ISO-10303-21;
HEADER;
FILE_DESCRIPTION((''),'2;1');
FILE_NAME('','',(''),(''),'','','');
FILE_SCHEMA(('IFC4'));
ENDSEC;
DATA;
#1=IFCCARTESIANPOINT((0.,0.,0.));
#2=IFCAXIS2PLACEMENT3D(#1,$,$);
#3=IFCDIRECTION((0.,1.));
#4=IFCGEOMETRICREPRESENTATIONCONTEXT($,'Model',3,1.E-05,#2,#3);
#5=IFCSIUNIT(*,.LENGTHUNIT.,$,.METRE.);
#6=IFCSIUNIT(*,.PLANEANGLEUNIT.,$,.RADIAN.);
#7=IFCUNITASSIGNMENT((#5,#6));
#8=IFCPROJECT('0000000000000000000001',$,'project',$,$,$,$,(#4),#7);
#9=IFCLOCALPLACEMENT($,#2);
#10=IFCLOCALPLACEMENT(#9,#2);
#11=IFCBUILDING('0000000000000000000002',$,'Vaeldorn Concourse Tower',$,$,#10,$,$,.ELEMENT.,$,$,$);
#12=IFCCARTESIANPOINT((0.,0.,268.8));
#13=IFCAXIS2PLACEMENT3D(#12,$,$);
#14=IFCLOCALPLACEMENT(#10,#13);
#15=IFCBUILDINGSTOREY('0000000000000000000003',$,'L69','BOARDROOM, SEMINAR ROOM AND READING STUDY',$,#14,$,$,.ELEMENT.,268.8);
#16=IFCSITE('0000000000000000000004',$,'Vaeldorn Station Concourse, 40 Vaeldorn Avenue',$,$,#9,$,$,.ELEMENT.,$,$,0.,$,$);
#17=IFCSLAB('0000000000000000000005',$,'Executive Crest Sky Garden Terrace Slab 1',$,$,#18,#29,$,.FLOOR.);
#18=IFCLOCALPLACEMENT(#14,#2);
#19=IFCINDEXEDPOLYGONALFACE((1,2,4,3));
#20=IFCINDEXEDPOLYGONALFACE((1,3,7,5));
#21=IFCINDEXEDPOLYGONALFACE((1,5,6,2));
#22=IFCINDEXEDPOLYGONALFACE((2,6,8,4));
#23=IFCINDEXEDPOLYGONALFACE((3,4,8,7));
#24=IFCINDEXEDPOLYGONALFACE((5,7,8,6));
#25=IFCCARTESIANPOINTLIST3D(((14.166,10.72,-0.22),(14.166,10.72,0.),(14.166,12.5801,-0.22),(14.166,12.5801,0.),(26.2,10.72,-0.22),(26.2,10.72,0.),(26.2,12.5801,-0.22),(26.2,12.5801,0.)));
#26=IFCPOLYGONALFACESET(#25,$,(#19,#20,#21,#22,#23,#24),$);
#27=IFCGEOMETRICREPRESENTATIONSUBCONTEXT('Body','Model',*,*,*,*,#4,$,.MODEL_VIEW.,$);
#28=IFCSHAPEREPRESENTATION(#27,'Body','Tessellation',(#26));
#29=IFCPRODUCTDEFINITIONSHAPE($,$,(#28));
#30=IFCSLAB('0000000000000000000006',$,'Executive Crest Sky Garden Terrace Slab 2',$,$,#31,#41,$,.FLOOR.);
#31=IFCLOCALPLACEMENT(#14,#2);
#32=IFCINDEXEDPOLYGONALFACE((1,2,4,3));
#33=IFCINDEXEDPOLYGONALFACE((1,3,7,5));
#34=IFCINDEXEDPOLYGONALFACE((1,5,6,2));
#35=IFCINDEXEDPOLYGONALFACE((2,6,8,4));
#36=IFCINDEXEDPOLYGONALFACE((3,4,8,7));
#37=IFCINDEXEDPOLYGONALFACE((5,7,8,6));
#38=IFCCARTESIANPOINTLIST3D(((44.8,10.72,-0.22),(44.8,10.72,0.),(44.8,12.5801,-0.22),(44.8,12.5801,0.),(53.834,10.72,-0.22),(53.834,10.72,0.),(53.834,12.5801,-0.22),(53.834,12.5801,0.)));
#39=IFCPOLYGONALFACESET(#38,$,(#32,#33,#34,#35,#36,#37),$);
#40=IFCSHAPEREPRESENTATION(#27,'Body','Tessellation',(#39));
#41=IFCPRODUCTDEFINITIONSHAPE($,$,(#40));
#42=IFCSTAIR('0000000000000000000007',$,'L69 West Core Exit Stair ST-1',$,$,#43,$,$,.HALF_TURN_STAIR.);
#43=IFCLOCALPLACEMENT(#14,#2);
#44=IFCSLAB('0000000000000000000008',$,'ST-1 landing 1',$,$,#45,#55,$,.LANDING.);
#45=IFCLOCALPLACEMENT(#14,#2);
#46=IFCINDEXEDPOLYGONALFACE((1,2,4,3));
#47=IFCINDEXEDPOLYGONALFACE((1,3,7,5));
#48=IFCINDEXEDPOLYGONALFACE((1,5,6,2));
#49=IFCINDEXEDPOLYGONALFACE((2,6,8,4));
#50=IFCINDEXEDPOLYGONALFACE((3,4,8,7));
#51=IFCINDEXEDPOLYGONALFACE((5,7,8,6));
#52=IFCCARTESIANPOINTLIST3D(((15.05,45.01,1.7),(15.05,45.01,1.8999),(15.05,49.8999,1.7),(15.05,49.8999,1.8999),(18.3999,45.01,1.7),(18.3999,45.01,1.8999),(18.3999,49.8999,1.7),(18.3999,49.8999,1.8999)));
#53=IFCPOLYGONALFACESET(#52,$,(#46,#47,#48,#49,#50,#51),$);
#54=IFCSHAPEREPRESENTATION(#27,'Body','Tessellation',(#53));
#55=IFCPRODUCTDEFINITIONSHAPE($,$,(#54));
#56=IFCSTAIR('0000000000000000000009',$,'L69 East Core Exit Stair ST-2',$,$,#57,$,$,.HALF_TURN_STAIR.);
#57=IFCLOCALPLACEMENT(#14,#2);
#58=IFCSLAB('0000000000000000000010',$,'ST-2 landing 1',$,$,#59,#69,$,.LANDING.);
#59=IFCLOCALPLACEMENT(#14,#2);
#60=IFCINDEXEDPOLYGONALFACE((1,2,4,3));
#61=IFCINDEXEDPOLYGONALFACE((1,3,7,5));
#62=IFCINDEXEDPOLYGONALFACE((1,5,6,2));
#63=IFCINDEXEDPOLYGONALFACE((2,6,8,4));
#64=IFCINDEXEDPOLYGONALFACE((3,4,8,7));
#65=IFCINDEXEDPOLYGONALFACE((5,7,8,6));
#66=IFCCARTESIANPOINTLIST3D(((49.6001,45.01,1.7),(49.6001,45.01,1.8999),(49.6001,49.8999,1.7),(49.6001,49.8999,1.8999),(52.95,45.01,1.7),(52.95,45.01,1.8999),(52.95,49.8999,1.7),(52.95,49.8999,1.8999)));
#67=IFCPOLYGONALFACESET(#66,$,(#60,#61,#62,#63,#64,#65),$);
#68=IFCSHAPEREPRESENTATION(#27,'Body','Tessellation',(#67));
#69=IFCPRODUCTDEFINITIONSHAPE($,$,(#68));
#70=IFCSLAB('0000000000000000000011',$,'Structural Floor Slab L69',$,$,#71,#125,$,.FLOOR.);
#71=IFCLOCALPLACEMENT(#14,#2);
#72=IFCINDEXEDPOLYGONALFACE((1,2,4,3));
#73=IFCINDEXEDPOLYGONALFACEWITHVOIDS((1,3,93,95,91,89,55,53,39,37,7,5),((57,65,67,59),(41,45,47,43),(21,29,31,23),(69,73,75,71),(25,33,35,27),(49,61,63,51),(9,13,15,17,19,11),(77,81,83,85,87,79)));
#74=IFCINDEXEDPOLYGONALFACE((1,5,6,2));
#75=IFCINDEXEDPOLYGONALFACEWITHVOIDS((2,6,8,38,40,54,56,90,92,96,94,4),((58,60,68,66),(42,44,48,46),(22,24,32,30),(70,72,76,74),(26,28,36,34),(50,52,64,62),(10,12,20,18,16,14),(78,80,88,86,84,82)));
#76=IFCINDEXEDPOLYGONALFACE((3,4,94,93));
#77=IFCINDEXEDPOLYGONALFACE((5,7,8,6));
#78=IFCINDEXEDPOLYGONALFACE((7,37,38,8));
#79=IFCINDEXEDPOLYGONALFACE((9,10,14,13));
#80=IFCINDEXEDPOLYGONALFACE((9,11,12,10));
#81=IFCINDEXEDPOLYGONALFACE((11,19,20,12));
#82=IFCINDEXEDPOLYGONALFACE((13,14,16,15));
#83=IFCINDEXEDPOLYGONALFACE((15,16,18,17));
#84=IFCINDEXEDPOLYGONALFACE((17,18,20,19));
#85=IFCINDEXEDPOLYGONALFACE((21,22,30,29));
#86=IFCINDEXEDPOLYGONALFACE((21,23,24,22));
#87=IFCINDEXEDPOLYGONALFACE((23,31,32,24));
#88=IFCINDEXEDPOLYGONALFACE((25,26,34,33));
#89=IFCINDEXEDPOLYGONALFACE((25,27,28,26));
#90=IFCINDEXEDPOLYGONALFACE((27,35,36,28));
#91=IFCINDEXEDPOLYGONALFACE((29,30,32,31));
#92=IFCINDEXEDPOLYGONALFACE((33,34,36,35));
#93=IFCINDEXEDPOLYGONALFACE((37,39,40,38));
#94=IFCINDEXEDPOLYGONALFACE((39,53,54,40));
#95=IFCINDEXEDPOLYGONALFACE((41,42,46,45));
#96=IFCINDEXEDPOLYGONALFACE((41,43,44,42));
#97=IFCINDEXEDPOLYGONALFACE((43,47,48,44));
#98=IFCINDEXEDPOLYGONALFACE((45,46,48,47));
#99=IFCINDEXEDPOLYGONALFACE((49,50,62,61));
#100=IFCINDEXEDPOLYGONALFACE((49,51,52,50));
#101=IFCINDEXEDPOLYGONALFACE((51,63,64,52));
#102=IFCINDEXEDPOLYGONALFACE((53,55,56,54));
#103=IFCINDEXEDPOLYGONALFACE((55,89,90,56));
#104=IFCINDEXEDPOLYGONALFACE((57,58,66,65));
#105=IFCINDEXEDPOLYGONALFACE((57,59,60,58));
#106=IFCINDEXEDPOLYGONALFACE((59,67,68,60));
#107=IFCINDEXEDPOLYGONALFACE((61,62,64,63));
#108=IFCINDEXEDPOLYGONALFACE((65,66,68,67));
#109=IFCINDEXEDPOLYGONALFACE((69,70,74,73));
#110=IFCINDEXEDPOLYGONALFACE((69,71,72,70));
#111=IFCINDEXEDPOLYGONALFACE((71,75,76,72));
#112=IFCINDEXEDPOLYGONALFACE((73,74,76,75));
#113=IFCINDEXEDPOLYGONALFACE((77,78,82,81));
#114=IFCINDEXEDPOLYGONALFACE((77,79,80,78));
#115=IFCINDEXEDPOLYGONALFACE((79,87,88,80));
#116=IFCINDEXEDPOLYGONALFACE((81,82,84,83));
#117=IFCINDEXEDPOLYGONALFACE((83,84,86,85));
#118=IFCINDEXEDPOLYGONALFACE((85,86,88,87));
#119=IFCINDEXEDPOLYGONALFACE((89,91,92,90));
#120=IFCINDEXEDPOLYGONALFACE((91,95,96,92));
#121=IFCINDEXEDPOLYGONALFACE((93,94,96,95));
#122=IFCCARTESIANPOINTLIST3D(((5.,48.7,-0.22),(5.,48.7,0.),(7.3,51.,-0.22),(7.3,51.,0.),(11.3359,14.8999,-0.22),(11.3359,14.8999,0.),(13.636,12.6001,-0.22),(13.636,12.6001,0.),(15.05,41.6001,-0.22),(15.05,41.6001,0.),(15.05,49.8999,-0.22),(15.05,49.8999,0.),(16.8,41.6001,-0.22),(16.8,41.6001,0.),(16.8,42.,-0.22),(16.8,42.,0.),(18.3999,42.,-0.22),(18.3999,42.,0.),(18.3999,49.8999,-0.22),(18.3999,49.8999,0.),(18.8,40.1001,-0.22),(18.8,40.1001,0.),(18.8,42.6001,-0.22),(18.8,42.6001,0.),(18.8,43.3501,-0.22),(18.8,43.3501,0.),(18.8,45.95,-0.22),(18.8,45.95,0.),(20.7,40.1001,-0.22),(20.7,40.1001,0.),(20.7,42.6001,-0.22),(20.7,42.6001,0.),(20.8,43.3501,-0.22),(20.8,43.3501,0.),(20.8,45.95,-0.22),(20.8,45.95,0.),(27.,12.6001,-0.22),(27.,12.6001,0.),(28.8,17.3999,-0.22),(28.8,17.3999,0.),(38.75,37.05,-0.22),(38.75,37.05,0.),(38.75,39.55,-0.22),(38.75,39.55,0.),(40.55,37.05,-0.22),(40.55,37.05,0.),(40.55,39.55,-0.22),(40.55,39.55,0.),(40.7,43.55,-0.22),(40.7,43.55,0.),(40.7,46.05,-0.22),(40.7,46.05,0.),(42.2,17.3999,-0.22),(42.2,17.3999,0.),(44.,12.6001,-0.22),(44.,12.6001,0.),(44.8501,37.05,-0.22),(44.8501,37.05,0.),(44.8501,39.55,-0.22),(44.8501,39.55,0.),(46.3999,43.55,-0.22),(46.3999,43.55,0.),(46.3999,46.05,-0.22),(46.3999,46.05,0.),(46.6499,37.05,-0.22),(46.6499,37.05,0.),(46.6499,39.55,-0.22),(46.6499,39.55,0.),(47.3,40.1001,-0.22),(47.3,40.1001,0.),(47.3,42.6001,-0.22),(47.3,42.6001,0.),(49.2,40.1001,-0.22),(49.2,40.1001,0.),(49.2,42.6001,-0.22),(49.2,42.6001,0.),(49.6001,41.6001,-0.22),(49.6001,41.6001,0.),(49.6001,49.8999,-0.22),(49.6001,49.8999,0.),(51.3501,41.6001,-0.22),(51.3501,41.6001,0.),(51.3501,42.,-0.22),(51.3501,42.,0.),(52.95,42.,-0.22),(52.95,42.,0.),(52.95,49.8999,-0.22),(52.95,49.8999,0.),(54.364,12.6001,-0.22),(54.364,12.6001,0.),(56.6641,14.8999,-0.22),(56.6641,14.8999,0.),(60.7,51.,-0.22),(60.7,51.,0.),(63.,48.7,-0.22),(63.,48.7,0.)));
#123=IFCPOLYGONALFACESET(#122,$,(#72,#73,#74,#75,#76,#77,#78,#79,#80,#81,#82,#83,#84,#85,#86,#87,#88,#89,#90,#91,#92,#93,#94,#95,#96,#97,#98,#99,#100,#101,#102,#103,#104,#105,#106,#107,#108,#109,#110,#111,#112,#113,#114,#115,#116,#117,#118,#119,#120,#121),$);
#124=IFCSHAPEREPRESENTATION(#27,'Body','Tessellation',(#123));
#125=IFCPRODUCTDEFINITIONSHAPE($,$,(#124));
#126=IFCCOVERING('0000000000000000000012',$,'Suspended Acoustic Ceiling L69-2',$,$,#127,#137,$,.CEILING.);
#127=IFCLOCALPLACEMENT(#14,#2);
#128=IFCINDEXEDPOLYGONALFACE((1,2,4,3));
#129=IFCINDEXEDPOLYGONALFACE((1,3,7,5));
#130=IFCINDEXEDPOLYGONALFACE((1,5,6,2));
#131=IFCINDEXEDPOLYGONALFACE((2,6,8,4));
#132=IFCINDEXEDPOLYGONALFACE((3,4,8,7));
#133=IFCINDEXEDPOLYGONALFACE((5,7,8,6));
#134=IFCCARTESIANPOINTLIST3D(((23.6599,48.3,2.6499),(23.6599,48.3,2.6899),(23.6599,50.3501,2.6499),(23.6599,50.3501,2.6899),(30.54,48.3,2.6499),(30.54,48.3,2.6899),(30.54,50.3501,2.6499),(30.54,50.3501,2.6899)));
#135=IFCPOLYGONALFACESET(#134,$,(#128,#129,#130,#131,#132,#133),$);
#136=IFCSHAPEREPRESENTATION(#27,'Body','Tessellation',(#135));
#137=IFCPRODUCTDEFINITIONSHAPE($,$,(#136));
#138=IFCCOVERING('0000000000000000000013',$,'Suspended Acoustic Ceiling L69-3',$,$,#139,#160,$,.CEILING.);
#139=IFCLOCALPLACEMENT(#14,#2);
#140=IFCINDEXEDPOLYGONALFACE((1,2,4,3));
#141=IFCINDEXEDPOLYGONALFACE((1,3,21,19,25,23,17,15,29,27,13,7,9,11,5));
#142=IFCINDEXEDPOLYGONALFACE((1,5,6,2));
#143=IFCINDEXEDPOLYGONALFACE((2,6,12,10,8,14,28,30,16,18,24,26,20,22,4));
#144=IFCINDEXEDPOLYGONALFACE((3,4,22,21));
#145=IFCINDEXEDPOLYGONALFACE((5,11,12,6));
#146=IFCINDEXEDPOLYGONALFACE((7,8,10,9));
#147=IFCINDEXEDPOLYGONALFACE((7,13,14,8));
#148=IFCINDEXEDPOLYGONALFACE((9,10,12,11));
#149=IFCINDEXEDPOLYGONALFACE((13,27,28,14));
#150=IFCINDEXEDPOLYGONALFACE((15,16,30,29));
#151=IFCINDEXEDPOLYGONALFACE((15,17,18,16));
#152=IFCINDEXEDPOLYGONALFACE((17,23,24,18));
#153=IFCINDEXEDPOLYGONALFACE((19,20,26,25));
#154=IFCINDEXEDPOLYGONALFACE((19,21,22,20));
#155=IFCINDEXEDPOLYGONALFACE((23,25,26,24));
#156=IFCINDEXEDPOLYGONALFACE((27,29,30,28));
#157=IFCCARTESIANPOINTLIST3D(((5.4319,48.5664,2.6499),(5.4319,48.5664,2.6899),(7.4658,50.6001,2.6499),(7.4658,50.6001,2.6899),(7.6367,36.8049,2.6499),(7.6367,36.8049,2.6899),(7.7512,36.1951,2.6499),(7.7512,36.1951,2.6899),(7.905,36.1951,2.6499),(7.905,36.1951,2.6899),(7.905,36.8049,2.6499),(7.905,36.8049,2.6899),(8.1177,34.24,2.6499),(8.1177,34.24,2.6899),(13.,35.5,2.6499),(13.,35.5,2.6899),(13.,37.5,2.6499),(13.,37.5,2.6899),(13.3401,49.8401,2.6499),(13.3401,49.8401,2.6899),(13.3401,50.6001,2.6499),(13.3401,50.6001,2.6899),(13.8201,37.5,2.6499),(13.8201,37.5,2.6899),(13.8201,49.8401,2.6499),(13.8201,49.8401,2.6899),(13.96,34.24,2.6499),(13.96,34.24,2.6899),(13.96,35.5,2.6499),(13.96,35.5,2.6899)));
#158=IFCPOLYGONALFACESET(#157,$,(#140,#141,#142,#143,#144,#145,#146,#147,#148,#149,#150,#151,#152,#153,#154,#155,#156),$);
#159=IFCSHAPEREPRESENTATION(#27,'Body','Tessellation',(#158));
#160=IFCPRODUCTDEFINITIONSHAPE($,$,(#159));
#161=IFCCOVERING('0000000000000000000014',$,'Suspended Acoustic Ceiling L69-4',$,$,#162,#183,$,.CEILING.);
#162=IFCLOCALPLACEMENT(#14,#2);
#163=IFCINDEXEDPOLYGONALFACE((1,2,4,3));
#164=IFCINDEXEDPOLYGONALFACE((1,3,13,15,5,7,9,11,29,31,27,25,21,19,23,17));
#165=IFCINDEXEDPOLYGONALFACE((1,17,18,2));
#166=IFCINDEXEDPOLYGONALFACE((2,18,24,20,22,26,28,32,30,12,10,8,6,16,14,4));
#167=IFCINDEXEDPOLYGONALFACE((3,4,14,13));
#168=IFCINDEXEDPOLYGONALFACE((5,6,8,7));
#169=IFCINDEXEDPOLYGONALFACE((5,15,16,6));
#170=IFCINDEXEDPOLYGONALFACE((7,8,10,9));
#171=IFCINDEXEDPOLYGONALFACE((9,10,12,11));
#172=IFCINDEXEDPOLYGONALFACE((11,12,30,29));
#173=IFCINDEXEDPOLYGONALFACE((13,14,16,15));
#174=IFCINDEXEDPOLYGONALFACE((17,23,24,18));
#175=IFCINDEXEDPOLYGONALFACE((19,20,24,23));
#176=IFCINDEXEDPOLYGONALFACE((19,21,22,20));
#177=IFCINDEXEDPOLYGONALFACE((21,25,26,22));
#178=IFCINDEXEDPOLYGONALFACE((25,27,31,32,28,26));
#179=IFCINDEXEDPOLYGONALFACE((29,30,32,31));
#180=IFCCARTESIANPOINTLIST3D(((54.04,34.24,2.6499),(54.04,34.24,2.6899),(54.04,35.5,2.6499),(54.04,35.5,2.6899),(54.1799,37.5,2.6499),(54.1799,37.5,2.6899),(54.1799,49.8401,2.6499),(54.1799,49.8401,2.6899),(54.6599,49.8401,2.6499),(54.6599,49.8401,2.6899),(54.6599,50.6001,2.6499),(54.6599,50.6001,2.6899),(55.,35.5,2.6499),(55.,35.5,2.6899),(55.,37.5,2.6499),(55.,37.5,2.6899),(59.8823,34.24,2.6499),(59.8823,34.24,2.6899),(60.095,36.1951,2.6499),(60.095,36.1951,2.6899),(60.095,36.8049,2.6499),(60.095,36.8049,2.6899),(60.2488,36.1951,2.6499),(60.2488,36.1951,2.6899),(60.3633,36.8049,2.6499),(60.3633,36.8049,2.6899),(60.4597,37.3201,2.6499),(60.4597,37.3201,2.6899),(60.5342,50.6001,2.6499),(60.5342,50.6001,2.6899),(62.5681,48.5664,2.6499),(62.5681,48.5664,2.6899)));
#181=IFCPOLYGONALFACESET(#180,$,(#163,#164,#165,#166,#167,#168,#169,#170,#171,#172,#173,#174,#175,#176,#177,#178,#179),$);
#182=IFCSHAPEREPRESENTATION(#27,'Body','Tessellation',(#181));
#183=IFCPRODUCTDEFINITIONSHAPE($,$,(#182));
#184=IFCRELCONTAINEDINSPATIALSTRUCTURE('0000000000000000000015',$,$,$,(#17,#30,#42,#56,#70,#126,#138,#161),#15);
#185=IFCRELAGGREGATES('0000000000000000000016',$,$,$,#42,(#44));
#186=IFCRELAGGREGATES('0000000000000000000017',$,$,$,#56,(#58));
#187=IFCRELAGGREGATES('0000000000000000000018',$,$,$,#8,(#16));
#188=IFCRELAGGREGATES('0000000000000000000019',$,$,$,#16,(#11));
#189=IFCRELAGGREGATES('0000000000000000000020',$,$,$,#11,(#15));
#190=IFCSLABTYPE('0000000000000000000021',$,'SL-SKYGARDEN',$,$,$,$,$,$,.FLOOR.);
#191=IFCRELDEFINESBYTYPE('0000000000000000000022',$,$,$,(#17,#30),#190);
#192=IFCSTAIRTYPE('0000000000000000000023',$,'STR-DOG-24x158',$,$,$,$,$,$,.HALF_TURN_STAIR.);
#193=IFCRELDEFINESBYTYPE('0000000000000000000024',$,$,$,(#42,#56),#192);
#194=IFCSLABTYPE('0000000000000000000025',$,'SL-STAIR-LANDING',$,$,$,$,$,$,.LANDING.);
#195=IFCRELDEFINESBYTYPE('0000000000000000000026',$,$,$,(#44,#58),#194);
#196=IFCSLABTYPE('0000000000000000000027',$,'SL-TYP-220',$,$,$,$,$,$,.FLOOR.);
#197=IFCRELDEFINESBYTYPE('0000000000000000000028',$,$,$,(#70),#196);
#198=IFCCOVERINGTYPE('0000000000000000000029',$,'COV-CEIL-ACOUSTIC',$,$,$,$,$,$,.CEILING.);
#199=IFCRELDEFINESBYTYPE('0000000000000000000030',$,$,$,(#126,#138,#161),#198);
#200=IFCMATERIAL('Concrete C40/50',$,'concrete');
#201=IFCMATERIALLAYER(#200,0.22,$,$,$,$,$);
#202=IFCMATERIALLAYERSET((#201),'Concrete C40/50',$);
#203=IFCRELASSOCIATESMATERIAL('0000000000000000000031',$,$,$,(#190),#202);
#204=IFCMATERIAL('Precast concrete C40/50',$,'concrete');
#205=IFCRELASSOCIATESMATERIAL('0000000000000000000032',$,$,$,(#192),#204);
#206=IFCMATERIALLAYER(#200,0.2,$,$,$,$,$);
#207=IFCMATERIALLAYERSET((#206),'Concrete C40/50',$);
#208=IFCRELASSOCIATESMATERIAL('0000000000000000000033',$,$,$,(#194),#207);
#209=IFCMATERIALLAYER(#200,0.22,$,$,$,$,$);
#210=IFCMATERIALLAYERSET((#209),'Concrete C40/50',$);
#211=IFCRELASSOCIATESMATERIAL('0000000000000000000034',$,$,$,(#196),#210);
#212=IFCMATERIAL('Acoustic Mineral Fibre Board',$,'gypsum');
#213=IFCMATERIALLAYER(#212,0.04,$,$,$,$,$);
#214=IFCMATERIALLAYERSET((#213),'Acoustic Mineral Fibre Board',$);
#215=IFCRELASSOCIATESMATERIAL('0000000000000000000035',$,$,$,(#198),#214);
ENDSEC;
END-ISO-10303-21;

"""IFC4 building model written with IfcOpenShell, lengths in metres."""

from ifc_helpers import new_model, si_unit, direction, frame, origin, place, context, subcontext, project, spatial, polyline, outline, extrude, material, layer, layer_set, type_object, element, aggregate, save


model = new_model("IFC4")

# Units and contexts
model_context = context("Model", 3, precision=1e-05, world=origin(), true_north=direction((0.0, 1.0)))
body_context = subcontext(model_context, "Body", "Model", "MODEL_VIEW")
ifc_project = project(units=[si_unit("LENGTHUNIT", "METRE"), si_unit("PLANEANGLEUNIT", "RADIAN")], contexts=[model_context])

# Site, building, storey
site_placement = place(None, origin())
site = spatial("IfcSite", under=ifc_project, at=site_placement, Name="Vaeldorn Station Concourse, 40 Vaeldorn Avenue", CompositionType="ELEMENT", RefElevation=0.0)
building_placement = place(site_placement, origin())
building = spatial("IfcBuilding", under=site, at=building_placement, Name="Vaeldorn Concourse Tower", CompositionType="ELEMENT")
storey_placement = place(building_placement, frame((0.0, 0.0, 268.8)))
storey = spatial("IfcBuildingStorey", under=building, at=storey_placement, Name="L69", Description="BOARDROOM, SEMINAR ROOM AND READING STUDY", CompositionType="ELEMENT", Elevation=268.8)

# Slabs
ifc_material_1 = material(Name="Concrete C40/50", Category="concrete")
ifc_layer_1 = layer(ifc_material_1, 0.22)
ifc_layer_set_1 = layer_set([ifc_layer_1], Name="Concrete C40/50")
slab_type_1 = type_object("IfcSlabType", Name="SL-SKYGARDEN", PredefinedType="FLOOR", material=ifc_layer_set_1)
slab_1_placement = place(storey_placement, frame((0.0, 0.0, -0.22)))
element("IfcSlab", 1, at=slab_1_placement, inside=storey, type_object=slab_type_1, Name="Executive Crest Sky Garden Terrace Slab 1", PredefinedType="FLOOR", context=body_context, shape_type="SweptSolid", body=[
    extrude(outline(polyline([(14.166, 10.72), (26.2, 10.72), (26.2, 12.5801), (14.166, 12.5801), (14.166, 10.72)])), origin(), (0.0, 0.0, 1.0), 0.22),
])
slab_2_placement = place(storey_placement, frame((0.0, 0.0, -0.22)))
element("IfcSlab", 2, at=slab_2_placement, inside=storey, type_object=slab_type_1, Name="Executive Crest Sky Garden Terrace Slab 2", PredefinedType="FLOOR", context=body_context, shape_type="SweptSolid", body=[
    extrude(outline(polyline([(44.8, 10.72), (53.834, 10.72), (53.834, 12.5801), (44.8, 12.5801), (44.8, 10.72)])), origin(), (0.0, 0.0, 1.0), 0.22),
])

# Stairs, slabs
ifc_material_2 = material(Name="Precast concrete C40/50", Category="concrete")
stair_type = type_object("IfcStairType", Name="STR-DOG-24x158", PredefinedType="HALF_TURN_STAIR", material=ifc_material_2)
stair_1_placement = place(storey_placement, origin())
stair_1 = element("IfcStair", 3, at=stair_1_placement, inside=storey, type_object=stair_type, Name="L69 West Core Exit Stair ST-1", PredefinedType="HALF_TURN_STAIR")
ifc_layer_2 = layer(ifc_material_1, 0.2)
ifc_layer_set_2 = layer_set([ifc_layer_2], Name="Concrete C40/50")
slab_type_2 = type_object("IfcSlabType", Name="SL-STAIR-LANDING", PredefinedType="LANDING", material=ifc_layer_set_2)
slab_3_placement = place(storey_placement, frame((0.0, 0.0, 1.7)))
slab_3 = element("IfcSlab", 4, at=slab_3_placement, type_object=slab_type_2, Name="ST-1 landing 1", PredefinedType="LANDING", context=body_context, shape_type="SweptSolid", body=[
    extrude(outline(polyline([(18.3999, 45.01), (18.3999, 49.8999), (15.05, 49.8999), (15.05, 45.01), (18.3999, 45.01)])), origin(), (0.0, 0.0, 1.0), 0.2),
])
aggregate(stair_1, [slab_3])
stair_2_placement = place(storey_placement, origin())
stair_2 = element("IfcStair", 5, at=stair_2_placement, inside=storey, type_object=stair_type, Name="L69 East Core Exit Stair ST-2", PredefinedType="HALF_TURN_STAIR")
slab_4_placement = place(storey_placement, frame((0.0, 0.0, 1.7)))
slab_4 = element("IfcSlab", 6, at=slab_4_placement, type_object=slab_type_2, Name="ST-2 landing 1", PredefinedType="LANDING", context=body_context, shape_type="SweptSolid", body=[
    extrude(outline(polyline([(52.95, 45.01), (52.95, 49.8999), (49.6001, 49.8999), (49.6001, 45.01), (52.95, 45.01)])), origin(), (0.0, 0.0, 1.0), 0.2),
])
aggregate(stair_2, [slab_4])

# Slab
ifc_layer_3 = layer(ifc_material_1, 0.22)
ifc_layer_set_3 = layer_set([ifc_layer_3], Name="Concrete C40/50")
slab_type_3 = type_object("IfcSlabType", Name="SL-TYP-220", PredefinedType="FLOOR", material=ifc_layer_set_3)
slab_5_placement = place(storey_placement, frame((0.0, 0.0, -0.22)))
element("IfcSlab", 7, at=slab_5_placement, inside=storey, type_object=slab_type_3, Name="Structural Floor Slab L69", PredefinedType="FLOOR", context=body_context, shape_type="SweptSolid", body=[
    extrude(outline(polyline([(13.636, 12.6001), (27.0, 12.6001), (28.8, 17.3999), (42.2, 17.3999), (44.0, 12.6001), (54.364, 12.6001), (56.6641, 14.8999), (63.0, 48.7), (60.7, 51.0), (7.3, 51.0), (5.0, 48.7), (11.3359, 14.8999), (13.636, 12.6001)]), holes=[polyline([(18.3999, 42.0), (18.3999, 49.8999), (15.05, 49.8999), (15.05, 41.6001), (16.8, 41.6001), (16.8, 42.0), (18.3999, 42.0)]), polyline([(52.95, 42.0), (52.95, 49.8999), (49.6001, 49.8999), (49.6001, 41.6001), (51.3501, 41.6001), (51.3501, 42.0), (52.95, 42.0)]), polyline([(38.75, 37.05), (40.55, 37.05), (40.55, 39.55), (38.75, 39.55), (38.75, 37.05)]), polyline([(44.8501, 37.05), (46.6499, 37.05), (46.6499, 39.55), (44.8501, 39.55), (44.8501, 37.05)]), polyline([(40.7, 43.55), (46.3999, 43.55), (46.3999, 46.05), (40.7, 46.05), (40.7, 43.55)]), polyline([(18.8, 43.3501), (20.8, 43.3501), (20.8, 45.95), (18.8, 45.95), (18.8, 43.3501)]), polyline([(18.8, 40.1001), (20.7, 40.1001), (20.7, 42.6001), (18.8, 42.6001), (18.8, 40.1001)]), polyline([(47.3, 40.1001), (49.2, 40.1001), (49.2, 42.6001), (47.3, 42.6001), (47.3, 40.1001)])]), origin(), (0.0, 0.0, 1.0), 0.22),
])

# Coverings
ifc_material_3 = material(Name="Acoustic Mineral Fibre Board", Category="gypsum")
ifc_layer_4 = layer(ifc_material_3, 0.04)
ifc_layer_set_4 = layer_set([ifc_layer_4], Name="Acoustic Mineral Fibre Board")
covering_type_1 = type_object("IfcCoveringType", Name="COV-CEIL-ACOUSTIC", PredefinedType="CEILING", material=ifc_layer_set_4)
covering_1_placement = place(storey_placement, frame((0.0, 0.0, 2.6499)))
element("IfcCovering", 8, at=covering_1_placement, inside=storey, type_object=covering_type_1, Name="Suspended Acoustic Ceiling L69-2", PredefinedType="CEILING", context=body_context, shape_type="SweptSolid", body=[
    extrude(outline(polyline([(30.54, 50.3501), (30.54, 48.3), (23.6599, 48.3), (23.6599, 50.3501), (30.54, 50.3501)])), origin(), (0.0, 0.0, 1.0), 0.04),
])
covering_2_placement = place(storey_placement, frame((0.0, 0.0, 2.6499)))
element("IfcCovering", 9, at=covering_2_placement, inside=storey, type_object=covering_type_1, Name="Suspended Acoustic Ceiling L69-3", PredefinedType="CEILING", context=body_context, shape_type="SweptSolid", body=[
    extrude(outline(polyline([(7.4658, 50.6001), (13.3401, 50.6001), (13.3401, 49.8401), (13.8201, 49.8401), (13.8201, 37.5), (13.0, 37.5), (13.0, 35.5), (13.96, 35.5), (13.96, 34.24), (8.1177, 34.24), (7.7512, 36.1951), (7.905, 36.1951), (7.905, 36.8049), (7.6367, 36.8049), (5.4319, 48.5664), (7.4658, 50.6001)])), origin(), (0.0, 0.0, 1.0), 0.04),
])
covering_3_placement = place(storey_placement, frame((0.0, 0.0, 2.6499)))
element("IfcCovering", 10, at=covering_3_placement, inside=storey, type_object=covering_type_1, Name="Suspended Acoustic Ceiling L69-4", PredefinedType="CEILING", context=body_context, shape_type="SweptSolid", body=[
    extrude(outline(polyline([(54.1799, 49.8401), (54.6599, 49.8401), (54.6599, 50.6001), (60.5342, 50.6001), (62.5681, 48.5664), (60.4597, 37.3201), (60.4597, 37.3201), (60.3633, 36.8049), (60.095, 36.8049), (60.095, 36.1951), (60.2488, 36.1951), (59.8823, 34.24), (54.04, 34.24), (54.04, 35.5), (55.0, 35.5), (55.0, 37.5), (54.1799, 37.5), (54.1799, 49.8401)])), origin(), (0.0, 0.0, 1.0), 0.04),
])

save(model, "model.ifc")
